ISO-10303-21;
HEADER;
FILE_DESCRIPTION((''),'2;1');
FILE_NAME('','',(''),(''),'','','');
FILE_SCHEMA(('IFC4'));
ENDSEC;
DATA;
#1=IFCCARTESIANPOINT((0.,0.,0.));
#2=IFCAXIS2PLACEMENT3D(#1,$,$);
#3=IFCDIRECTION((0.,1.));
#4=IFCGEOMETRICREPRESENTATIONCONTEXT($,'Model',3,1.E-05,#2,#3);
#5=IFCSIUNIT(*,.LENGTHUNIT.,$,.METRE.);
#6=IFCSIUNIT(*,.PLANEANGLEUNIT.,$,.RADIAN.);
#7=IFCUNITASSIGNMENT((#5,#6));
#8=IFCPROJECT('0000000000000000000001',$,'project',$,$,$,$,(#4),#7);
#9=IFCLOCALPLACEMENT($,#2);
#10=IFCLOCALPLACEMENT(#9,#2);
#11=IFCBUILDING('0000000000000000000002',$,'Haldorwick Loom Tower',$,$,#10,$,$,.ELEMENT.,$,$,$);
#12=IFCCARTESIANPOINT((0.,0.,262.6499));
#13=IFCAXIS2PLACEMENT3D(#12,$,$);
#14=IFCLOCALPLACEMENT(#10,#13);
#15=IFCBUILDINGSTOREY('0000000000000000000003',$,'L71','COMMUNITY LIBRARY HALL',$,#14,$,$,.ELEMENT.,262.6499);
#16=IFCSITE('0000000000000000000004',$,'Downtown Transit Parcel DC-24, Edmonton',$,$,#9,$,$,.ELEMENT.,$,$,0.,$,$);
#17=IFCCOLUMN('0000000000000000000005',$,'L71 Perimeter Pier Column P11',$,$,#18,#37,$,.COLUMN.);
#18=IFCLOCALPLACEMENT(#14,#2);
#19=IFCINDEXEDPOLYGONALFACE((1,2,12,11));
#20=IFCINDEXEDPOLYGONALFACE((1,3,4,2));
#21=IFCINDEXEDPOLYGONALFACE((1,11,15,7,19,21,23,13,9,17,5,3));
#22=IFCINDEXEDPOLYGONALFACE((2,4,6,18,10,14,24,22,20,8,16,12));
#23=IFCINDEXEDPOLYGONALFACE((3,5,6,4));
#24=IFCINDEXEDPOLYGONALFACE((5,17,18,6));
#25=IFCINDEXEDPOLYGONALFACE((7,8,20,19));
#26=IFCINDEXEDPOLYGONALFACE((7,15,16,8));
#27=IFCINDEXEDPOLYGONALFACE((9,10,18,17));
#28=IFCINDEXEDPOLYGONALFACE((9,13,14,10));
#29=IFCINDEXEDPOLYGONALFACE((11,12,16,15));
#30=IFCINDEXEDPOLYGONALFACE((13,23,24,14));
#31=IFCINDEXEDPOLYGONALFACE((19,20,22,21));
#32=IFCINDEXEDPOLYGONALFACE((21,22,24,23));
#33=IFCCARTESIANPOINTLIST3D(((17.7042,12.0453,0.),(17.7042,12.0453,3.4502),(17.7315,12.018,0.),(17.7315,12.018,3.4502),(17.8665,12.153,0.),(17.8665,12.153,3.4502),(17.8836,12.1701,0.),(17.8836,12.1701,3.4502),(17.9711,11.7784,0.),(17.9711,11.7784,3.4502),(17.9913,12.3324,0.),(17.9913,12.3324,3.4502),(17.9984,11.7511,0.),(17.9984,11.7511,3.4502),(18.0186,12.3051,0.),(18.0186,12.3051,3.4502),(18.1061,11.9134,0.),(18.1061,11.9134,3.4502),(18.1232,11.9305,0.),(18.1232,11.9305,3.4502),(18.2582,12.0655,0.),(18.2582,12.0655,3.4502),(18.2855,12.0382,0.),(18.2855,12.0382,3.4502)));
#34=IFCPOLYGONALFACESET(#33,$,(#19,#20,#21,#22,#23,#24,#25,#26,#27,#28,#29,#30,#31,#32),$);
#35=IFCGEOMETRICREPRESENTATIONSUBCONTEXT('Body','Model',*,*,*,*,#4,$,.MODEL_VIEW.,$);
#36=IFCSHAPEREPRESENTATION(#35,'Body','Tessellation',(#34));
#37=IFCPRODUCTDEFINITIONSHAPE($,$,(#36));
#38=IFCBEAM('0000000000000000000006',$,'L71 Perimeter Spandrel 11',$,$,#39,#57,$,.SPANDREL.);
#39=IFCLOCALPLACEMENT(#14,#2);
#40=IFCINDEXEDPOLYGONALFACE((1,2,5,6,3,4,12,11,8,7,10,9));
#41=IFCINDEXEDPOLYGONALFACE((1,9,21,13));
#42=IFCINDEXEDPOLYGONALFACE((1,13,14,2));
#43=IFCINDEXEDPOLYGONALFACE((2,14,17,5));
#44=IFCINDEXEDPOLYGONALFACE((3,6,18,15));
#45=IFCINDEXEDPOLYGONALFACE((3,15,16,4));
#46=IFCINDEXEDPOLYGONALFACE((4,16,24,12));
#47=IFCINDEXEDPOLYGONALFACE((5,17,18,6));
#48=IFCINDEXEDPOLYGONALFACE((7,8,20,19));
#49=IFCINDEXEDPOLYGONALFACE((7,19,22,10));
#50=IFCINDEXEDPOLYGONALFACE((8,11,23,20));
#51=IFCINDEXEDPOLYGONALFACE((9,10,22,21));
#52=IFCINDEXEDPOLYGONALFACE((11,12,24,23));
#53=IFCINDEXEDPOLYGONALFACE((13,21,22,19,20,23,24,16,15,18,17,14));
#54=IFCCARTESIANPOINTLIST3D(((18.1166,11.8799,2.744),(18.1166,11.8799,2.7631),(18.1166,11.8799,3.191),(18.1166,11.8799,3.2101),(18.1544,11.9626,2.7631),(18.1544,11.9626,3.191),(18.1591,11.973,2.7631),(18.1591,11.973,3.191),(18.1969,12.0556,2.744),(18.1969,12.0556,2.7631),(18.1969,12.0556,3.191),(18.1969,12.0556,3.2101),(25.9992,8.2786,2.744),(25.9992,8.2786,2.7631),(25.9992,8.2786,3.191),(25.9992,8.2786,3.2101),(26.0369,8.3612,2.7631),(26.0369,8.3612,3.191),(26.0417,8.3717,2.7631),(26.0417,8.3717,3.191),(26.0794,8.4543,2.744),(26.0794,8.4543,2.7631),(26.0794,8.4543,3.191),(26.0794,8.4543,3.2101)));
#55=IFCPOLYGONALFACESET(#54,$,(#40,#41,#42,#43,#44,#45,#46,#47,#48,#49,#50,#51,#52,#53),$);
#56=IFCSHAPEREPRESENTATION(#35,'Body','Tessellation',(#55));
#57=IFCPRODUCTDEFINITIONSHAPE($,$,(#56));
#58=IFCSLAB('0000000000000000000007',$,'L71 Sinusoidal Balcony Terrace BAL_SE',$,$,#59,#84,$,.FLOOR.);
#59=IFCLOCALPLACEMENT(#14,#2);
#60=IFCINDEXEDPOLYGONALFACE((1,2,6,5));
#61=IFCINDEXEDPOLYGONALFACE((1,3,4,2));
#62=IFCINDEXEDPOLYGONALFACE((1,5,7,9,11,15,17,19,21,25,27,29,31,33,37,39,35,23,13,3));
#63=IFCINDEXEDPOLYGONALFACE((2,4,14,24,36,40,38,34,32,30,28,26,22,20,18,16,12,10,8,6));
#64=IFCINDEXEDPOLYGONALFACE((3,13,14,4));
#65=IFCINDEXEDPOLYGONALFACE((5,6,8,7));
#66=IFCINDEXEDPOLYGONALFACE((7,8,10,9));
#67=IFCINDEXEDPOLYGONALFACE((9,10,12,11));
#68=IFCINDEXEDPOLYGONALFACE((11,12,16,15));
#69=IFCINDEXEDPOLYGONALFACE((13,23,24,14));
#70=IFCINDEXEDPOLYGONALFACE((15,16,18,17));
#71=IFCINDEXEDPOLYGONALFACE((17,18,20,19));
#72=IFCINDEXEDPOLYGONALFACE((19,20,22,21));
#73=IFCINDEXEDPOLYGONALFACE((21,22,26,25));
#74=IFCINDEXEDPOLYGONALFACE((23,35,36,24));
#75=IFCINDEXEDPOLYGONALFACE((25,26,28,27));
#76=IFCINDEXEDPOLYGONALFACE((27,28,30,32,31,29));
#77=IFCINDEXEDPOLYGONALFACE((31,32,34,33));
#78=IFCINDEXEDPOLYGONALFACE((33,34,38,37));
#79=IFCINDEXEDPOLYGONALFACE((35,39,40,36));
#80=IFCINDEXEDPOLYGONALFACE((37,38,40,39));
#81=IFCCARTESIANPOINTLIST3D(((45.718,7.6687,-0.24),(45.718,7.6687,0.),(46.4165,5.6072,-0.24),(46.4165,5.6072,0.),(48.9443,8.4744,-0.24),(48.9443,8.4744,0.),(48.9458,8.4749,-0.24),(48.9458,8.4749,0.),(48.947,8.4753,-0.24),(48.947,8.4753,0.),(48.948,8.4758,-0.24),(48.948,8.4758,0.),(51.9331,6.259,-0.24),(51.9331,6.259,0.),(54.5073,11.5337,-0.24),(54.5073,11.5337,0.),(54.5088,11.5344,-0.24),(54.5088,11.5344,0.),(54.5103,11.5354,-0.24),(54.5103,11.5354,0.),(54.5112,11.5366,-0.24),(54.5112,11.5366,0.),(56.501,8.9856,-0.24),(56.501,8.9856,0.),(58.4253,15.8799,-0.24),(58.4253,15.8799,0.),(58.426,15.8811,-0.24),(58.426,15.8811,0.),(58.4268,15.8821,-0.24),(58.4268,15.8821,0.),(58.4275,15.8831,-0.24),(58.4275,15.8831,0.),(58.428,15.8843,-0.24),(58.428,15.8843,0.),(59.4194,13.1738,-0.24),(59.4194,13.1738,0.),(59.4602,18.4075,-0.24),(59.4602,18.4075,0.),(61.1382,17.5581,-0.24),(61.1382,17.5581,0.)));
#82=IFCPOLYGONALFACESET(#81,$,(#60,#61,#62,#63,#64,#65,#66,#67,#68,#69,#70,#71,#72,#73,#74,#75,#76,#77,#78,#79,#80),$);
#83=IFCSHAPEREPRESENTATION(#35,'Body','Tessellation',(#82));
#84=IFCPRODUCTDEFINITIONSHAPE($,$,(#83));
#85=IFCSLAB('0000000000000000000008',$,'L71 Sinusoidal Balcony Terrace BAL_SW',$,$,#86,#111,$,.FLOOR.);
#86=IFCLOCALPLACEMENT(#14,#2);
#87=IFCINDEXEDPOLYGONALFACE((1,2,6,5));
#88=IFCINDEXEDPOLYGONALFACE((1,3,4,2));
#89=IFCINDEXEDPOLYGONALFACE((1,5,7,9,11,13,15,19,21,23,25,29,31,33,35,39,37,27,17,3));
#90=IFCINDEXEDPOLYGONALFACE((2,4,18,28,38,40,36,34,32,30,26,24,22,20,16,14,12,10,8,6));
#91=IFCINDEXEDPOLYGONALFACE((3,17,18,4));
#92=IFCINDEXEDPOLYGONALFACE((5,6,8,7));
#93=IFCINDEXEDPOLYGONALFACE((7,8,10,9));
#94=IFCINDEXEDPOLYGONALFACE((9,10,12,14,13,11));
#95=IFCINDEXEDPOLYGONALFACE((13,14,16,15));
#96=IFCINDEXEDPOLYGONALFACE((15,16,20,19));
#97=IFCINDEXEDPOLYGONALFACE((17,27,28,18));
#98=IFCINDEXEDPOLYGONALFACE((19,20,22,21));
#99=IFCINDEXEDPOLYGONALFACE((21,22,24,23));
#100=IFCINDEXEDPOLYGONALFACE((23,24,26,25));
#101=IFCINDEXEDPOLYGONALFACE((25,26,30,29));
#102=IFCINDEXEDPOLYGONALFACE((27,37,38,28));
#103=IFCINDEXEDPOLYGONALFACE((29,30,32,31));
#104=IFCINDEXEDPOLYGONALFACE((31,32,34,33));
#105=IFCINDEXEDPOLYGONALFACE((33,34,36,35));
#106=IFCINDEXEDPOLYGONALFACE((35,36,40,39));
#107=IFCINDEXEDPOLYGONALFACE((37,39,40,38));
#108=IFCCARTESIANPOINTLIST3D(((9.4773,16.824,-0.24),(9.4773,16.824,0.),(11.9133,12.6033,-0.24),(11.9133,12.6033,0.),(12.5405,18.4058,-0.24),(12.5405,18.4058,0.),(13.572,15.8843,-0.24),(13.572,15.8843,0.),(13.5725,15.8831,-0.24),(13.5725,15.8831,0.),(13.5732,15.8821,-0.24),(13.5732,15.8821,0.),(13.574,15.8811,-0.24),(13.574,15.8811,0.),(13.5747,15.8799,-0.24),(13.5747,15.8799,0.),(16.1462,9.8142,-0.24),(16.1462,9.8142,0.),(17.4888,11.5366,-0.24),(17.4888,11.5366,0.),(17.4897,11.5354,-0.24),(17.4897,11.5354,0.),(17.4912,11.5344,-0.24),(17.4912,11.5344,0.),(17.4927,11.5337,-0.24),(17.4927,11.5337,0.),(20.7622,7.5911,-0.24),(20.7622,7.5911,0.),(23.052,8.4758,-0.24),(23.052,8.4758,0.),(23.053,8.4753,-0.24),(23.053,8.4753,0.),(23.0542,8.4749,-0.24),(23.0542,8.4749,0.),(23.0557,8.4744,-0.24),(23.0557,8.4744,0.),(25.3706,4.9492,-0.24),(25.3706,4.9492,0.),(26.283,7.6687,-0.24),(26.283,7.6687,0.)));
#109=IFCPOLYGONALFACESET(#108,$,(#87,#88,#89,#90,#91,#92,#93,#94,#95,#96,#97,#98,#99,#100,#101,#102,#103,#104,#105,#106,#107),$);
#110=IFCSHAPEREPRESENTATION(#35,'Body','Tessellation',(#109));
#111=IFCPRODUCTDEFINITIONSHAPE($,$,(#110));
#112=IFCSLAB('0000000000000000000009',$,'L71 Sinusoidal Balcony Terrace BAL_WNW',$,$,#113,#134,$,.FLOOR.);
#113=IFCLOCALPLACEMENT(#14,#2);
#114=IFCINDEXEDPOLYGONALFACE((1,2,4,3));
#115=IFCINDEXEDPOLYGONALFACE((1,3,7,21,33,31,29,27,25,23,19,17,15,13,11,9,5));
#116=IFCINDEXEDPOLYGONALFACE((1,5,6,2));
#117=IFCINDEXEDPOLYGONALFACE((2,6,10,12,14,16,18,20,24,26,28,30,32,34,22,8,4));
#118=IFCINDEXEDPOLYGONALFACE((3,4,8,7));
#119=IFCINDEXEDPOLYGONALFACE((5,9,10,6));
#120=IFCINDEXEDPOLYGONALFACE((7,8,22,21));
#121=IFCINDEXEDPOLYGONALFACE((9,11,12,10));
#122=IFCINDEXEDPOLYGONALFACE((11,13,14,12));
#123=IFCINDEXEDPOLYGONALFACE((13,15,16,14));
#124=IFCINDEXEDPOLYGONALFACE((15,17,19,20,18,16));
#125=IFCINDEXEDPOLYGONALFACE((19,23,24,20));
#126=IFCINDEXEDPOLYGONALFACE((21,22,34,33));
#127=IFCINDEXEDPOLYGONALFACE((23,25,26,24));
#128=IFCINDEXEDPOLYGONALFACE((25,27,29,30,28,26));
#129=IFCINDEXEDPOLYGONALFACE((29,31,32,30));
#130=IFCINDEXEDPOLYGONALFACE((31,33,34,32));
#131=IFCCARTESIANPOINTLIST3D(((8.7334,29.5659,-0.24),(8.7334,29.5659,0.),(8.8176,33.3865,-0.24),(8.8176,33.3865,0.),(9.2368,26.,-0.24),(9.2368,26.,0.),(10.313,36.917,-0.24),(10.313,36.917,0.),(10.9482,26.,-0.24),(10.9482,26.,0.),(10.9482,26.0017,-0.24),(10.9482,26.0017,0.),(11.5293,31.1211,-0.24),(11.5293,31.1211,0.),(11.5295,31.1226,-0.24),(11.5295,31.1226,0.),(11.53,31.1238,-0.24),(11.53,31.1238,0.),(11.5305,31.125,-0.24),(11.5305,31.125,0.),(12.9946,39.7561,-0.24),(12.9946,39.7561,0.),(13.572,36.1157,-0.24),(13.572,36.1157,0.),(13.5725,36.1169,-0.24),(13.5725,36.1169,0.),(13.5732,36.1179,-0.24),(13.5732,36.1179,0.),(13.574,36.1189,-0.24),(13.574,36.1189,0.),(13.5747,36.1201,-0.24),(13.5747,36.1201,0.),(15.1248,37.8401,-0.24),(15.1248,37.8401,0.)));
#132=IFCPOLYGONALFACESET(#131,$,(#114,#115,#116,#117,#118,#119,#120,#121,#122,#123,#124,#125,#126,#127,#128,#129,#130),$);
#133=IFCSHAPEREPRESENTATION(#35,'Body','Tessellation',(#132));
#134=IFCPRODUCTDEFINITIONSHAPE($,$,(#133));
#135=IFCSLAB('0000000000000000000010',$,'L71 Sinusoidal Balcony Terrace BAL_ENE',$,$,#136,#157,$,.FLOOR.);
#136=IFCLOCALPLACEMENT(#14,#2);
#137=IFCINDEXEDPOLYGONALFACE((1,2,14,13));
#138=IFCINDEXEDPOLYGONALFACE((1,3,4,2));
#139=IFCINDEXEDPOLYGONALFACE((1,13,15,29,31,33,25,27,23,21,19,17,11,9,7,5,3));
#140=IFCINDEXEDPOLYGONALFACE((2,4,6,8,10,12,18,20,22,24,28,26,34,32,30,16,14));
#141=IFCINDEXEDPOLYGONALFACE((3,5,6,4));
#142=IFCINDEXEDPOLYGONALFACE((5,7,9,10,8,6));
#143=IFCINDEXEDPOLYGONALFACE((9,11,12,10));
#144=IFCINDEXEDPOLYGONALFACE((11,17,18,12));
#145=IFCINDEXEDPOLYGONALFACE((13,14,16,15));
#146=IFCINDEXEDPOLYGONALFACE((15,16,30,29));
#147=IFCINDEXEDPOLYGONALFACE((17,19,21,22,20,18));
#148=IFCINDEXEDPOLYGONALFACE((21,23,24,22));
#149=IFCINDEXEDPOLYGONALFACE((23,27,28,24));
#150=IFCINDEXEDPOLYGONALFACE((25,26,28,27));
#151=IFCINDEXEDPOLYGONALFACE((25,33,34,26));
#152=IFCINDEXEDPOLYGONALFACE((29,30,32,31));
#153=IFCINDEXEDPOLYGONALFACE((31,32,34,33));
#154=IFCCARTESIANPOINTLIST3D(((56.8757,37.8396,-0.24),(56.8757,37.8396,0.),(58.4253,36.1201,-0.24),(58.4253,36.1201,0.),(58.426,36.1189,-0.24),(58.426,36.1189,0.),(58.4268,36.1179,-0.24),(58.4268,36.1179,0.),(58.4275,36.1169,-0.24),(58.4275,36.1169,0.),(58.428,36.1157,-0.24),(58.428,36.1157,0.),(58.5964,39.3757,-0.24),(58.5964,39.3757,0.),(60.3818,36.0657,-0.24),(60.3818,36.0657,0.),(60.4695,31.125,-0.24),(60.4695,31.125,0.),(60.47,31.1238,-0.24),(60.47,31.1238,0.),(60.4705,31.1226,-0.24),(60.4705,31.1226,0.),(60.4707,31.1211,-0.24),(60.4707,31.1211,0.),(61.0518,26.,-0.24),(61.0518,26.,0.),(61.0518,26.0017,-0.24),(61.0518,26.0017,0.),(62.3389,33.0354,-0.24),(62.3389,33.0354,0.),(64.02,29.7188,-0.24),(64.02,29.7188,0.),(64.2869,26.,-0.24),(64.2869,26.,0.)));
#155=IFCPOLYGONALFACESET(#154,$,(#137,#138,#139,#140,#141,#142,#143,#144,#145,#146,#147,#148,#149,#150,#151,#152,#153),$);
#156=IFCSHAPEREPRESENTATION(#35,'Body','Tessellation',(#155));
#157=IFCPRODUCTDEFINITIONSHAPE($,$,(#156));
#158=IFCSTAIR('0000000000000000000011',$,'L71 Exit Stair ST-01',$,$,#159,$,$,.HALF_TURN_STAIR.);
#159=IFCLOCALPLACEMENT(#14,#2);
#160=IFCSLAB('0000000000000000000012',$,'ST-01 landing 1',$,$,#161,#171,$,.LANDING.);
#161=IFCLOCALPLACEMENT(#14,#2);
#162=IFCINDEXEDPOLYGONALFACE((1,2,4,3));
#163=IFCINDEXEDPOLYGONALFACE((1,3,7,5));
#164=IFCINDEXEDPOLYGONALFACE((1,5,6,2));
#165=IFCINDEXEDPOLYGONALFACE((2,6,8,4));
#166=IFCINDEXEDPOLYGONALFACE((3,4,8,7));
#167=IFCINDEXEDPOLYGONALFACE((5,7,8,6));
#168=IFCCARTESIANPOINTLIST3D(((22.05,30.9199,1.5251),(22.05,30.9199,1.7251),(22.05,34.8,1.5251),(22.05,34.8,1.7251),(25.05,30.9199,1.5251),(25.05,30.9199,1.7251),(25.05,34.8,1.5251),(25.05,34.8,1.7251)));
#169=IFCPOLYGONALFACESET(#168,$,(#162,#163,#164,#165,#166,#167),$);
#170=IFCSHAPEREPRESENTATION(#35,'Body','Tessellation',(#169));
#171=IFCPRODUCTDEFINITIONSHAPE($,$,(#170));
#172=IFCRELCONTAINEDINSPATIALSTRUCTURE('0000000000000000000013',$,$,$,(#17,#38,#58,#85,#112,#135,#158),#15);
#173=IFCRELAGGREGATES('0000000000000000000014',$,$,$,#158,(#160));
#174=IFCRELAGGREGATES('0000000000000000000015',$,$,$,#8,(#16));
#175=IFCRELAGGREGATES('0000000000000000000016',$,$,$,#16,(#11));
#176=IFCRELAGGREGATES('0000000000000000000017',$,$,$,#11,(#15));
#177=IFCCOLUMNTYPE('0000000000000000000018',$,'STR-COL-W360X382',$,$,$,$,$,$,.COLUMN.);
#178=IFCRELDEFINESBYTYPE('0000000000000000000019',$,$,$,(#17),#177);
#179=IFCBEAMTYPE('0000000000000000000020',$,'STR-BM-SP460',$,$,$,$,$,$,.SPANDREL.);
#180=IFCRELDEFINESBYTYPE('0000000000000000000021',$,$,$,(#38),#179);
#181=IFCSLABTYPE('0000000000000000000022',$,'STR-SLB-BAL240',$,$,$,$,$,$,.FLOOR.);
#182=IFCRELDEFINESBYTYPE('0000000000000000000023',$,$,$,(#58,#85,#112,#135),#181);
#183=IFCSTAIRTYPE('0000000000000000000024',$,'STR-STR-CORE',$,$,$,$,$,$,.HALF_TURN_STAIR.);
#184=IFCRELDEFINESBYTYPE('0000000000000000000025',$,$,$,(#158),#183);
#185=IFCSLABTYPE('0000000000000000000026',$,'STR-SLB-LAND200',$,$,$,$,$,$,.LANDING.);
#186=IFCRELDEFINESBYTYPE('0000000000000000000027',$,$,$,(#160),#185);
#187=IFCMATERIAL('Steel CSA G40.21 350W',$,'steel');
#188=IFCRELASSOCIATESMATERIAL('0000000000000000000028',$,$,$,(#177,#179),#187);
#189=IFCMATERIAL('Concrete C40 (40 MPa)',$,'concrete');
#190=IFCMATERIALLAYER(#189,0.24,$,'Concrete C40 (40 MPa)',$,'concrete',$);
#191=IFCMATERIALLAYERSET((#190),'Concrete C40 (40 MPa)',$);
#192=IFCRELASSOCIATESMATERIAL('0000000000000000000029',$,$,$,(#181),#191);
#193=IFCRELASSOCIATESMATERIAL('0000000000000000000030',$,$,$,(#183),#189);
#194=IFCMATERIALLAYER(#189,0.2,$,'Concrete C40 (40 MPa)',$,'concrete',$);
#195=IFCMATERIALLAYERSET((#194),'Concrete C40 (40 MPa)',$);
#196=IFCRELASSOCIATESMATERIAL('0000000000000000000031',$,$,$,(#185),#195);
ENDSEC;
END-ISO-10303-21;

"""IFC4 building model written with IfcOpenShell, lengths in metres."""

from ifc_helpers import new_model, si_unit, direction, frame, origin, origin_2d, place, context, subcontext, project, spatial, polyline, i_section, outline, extrude, material, layer, layer_set, material_profile, profile_set, type_object, element, aggregate, save


model = new_model("IFC4")

# Units and contexts
model_context = context("Model", 3, precision=1e-05, world=origin(), true_north=direction((0.0, 1.0)))
body_context = subcontext(model_context, "Body", "Model", "MODEL_VIEW")
ifc_project = project(units=[si_unit("LENGTHUNIT", "METRE"), si_unit("PLANEANGLEUNIT", "RADIAN")], contexts=[model_context])

# Site, building, storey
site_placement = place(None, origin())
site = spatial("IfcSite", under=ifc_project, at=site_placement, Name="Downtown Transit Parcel DC-24, Edmonton", CompositionType="ELEMENT", RefElevation=0.0)
building_placement = place(site_placement, origin())
building = spatial("IfcBuilding", under=site, at=building_placement, Name="Haldorwick Loom Tower", CompositionType="ELEMENT")
storey_placement = place(building_placement, frame((0.0, 0.0, 262.6499)))
storey = spatial("IfcBuildingStorey", under=building, at=storey_placement, Name="L71", Description="COMMUNITY LIBRARY HALL", CompositionType="ELEMENT", Elevation=262.6499)

# Column
ifc_material_1 = material(Name="Steel CSA G40.21 350W", Category="steel")
ifc_material_profile_1 = material_profile(ifc_material_1, i_section(OverallWidth=0.406, OverallDepth=0.416, WebThickness=0.0242, FlangeThickness=0.0386, at=origin_2d()), Name="W360X382", Category="steel")
ifc_profile_set_1 = profile_set([ifc_material_profile_1], Name="Steel CSA G40.21 350W")
column_type = type_object("IfcColumnType", Name="STR-COL-W360X382", PredefinedType="COLUMN", material=ifc_profile_set_1)
column_placement = place(storey_placement, frame((17.9949, 12.0417, 0.0), z_axis=(0.0, 0.0, 1.0), x_axis=(-0.707107, -0.707107, 0.0)))
element("IfcColumn", 1, at=column_placement, inside=storey, type_object=column_type, Name="L71 Perimeter Pier Column P11", PredefinedType="COLUMN", context=body_context, shape_type="SweptSolid", body=[
    extrude(i_section(OverallWidth=0.406, OverallDepth=0.416, WebThickness=0.0242, FlangeThickness=0.0386, at=origin_2d()), origin(), (0.0, 0.0, 1.0), 3.4502),
])

# Beam
ifc_material_profile_2 = material_profile(ifc_material_1, i_section(OverallWidth=0.1931, OverallDepth=0.4661, WebThickness=0.0115, FlangeThickness=0.019, at=origin_2d()), Name="W460X97", Category="steel")
ifc_profile_set_2 = profile_set([ifc_material_profile_2], Name="Steel CSA G40.21 350W")
beam_type = type_object("IfcBeamType", Name="STR-BM-SP460", PredefinedType="SPANDREL", material=ifc_profile_set_2)
beam_placement = place(storey_placement, frame((18.1567, 11.9678, 2.9771), z_axis=(0.909568, -0.415555, 0.0), x_axis=(0.415555, 0.909568, 0.0)))
element("IfcBeam", 2, at=beam_placement, inside=storey, type_object=beam_type, Name="L71 Perimeter Spandrel 11", PredefinedType="SPANDREL", context=body_context, shape_type="SweptSolid", body=[
    extrude(i_section(OverallWidth=0.1931, OverallDepth=0.4661, WebThickness=0.0115, FlangeThickness=0.019, at=origin_2d()), origin(), (0.0, 0.0, 1.0), 8.6663),
])

# Slabs
ifc_material_2 = material(Name="Concrete C40 (40 MPa)", Category="concrete")
ifc_layer_1 = layer(ifc_material_2, 0.24, Name="Concrete C40 (40 MPa)", Category="concrete")
ifc_layer_set_1 = layer_set([ifc_layer_1], Name="Concrete C40 (40 MPa)")
slab_type_1 = type_object("IfcSlabType", Name="STR-SLB-BAL240", PredefinedType="FLOOR", material=ifc_layer_set_1)
slab_1_placement = place(storey_placement, frame((0.0, 0.0, -0.24)))
element("IfcSlab", 3, at=slab_1_placement, inside=storey, type_object=slab_type_1, Name="L71 Sinusoidal Balcony Terrace BAL_SE", PredefinedType="FLOOR", context=body_context, shape_type="SweptSolid", body=[
    extrude(outline(polyline([(59.4602, 18.4075), (58.428, 15.8843), (58.4275, 15.8831), (58.4268, 15.8821), (58.426, 15.8811), (58.4253, 15.8799), (54.5112, 11.5366), (54.5103, 11.5354), (54.5088, 11.5344), (54.5073, 11.5337), (48.948, 8.4758), (48.947, 8.4753), (48.9458, 8.4749), (48.9443, 8.4744), (45.718, 7.6687), (46.4165, 5.6072), (51.9331, 6.259), (56.501, 8.9856), (59.4194, 13.1738), (61.1382, 17.5581), (59.4602, 18.4075)])), origin(), (0.0, 0.0, 1.0), 0.24),
])
slab_2_placement = place(storey_placement, frame((0.0, 0.0, -0.24)))
element("IfcSlab", 4, at=slab_2_placement, inside=storey, type_object=slab_type_1, Name="L71 Sinusoidal Balcony Terrace BAL_SW", PredefinedType="FLOOR", context=body_context, shape_type="SweptSolid", body=[
    extrude(outline(polyline([(26.283, 7.6687), (23.0557, 8.4744), (23.0542, 8.4749), (23.053, 8.4753), (23.052, 8.4758), (17.4927, 11.5337), (17.4912, 11.5344), (17.4897, 11.5354), (17.4888, 11.5366), (13.5747, 15.8799), (13.574, 15.8811), (13.5732, 15.8821), (13.5725, 15.8831), (13.572, 15.8843), (12.5405, 18.4058), (9.4773, 16.824), (11.9133, 12.6033), (16.1462, 9.8142), (20.7622, 7.5911), (25.3706, 4.9492), (26.283, 7.6687)])), origin(), (0.0, 0.0, 1.0), 0.24),
])
slab_3_placement = place(storey_placement, frame((0.0, 0.0, -0.24)))
element("IfcSlab", 5, at=slab_3_placement, inside=storey, type_object=slab_type_1, Name="L71 Sinusoidal Balcony Terrace BAL_WNW", PredefinedType="FLOOR", context=body_context, shape_type="SweptSolid", body=[
    extrude(outline(polyline([(10.9482, 26.0), (10.9482, 26.0017), (11.5293, 31.1211), (11.5295, 31.1226), (11.53, 31.1238), (11.5305, 31.125), (13.572, 36.1157), (13.5725, 36.1169), (13.5732, 36.1179), (13.574, 36.1189), (13.5747, 36.1201), (15.1248, 37.8401), (12.9946, 39.7561), (10.313, 36.917), (8.8176, 33.3865), (8.7334, 29.5659), (9.2368, 26.0), (10.9482, 26.0)])), origin(), (0.0, 0.0, 1.0), 0.24),
])
slab_4_placement = place(storey_placement, frame((0.0, 0.0, -0.24)))
element("IfcSlab", 6, at=slab_4_placement, inside=storey, type_object=slab_type_1, Name="L71 Sinusoidal Balcony Terrace BAL_ENE", PredefinedType="FLOOR", context=body_context, shape_type="SweptSolid", body=[
    extrude(outline(polyline([(56.8757, 37.8396), (58.4253, 36.1201), (58.426, 36.1189), (58.4268, 36.1179), (58.4275, 36.1169), (58.428, 36.1157), (60.4695, 31.125), (60.47, 31.1238), (60.4705, 31.1226), (60.4707, 31.1211), (61.0518, 26.0017), (61.0518, 26.0), (64.2869, 26.0), (64.02, 29.7188), (62.3389, 33.0354), (60.3818, 36.0657), (58.5964, 39.3757), (56.8757, 37.8396)])), origin(), (0.0, 0.0, 1.0), 0.24),
])

# Stair, slab
stair_type = type_object("IfcStairType", Name="STR-STR-CORE", PredefinedType="HALF_TURN_STAIR", material=ifc_material_2)
stair_1_placement = place(storey_placement, origin())
stair_1 = element("IfcStair", 7, at=stair_1_placement, inside=storey, type_object=stair_type, Name="L71 Exit Stair ST-01", PredefinedType="HALF_TURN_STAIR")
ifc_layer_2 = layer(ifc_material_2, 0.2, Name="Concrete C40 (40 MPa)", Category="concrete")
ifc_layer_set_2 = layer_set([ifc_layer_2], Name="Concrete C40 (40 MPa)")
slab_type_2 = type_object("IfcSlabType", Name="STR-SLB-LAND200", PredefinedType="LANDING", material=ifc_layer_set_2)
slab_5_placement = place(storey_placement, frame((0.0, 0.0, 1.5251)))
slab_5 = element("IfcSlab", 8, at=slab_5_placement, type_object=slab_type_2, Name="ST-01 landing 1", PredefinedType="LANDING", context=body_context, shape_type="SweptSolid", body=[
    extrude(outline(polyline([(25.05, 30.9199), (25.05, 34.8), (22.05, 34.8), (22.05, 30.9199), (25.05, 30.9199)])), origin(), (0.0, 0.0, 1.0), 0.2),
])
aggregate(stair_1, [slab_5])

save(model, "model.ifc")
